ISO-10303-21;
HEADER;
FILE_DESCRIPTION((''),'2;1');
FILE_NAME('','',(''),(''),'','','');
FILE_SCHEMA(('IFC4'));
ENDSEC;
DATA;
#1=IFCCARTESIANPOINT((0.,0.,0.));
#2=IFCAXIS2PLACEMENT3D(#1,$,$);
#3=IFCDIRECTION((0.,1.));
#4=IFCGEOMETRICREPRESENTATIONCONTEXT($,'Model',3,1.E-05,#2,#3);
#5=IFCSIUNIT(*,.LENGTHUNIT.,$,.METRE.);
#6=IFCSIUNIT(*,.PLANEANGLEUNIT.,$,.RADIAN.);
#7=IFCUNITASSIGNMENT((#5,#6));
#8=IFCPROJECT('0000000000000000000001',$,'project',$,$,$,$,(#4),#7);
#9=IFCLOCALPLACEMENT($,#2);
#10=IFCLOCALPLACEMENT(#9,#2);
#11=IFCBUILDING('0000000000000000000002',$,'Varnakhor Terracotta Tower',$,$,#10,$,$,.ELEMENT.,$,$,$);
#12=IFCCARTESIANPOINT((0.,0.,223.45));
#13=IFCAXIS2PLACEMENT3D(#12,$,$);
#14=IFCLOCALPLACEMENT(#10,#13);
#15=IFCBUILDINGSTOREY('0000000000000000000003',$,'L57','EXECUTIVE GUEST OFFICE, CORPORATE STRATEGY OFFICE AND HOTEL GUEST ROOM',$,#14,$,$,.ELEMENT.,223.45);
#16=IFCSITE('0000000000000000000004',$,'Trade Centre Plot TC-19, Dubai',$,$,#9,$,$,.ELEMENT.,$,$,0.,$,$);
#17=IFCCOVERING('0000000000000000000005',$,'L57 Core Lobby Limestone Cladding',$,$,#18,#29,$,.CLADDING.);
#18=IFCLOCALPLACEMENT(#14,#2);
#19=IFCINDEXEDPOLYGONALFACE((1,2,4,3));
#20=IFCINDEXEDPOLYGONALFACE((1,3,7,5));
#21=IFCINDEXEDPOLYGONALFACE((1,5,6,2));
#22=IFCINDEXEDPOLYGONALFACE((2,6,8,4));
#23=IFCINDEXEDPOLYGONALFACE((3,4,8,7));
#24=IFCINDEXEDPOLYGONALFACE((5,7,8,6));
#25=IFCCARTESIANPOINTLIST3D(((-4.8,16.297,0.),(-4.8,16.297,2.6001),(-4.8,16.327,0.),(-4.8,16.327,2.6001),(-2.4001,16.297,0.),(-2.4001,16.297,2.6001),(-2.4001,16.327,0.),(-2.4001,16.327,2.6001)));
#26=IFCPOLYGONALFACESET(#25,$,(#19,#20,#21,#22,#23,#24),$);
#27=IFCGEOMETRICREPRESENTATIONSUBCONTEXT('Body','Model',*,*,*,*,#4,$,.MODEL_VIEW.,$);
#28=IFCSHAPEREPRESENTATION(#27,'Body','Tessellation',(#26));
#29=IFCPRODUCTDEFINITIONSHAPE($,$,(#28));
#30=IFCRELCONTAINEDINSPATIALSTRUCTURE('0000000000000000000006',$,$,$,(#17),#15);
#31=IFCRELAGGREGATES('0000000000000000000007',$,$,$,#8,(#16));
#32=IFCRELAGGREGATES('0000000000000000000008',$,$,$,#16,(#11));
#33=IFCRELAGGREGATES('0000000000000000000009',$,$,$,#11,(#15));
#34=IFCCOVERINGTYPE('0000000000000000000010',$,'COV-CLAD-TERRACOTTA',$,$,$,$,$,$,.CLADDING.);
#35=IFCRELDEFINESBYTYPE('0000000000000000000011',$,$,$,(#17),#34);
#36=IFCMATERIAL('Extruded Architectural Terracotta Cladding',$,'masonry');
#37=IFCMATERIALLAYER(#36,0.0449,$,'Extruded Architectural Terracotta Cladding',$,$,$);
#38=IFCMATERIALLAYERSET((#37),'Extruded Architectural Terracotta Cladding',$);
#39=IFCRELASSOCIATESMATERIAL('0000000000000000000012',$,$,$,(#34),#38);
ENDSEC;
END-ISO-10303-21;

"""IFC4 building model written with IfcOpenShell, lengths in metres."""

from ifc_helpers import new_model, si_unit, direction, frame, origin, origin_2d, place, context, subcontext, project, spatial, rectangle, extrude, source, transform, mapped, material, layer, layer_set, type_object, type_shapes, element, save


model = new_model("IFC4")

# Units and contexts
model_context = context("Model", 3, precision=1e-05, world=origin(), true_north=direction((0.0, 1.0)))
body_context = subcontext(model_context, "Body", "Model", "MODEL_VIEW")
ifc_project = project(units=[si_unit("LENGTHUNIT", "METRE"), si_unit("PLANEANGLEUNIT", "RADIAN")], contexts=[model_context])

# Site, building, storey
site_placement = place(None, origin())
site = spatial("IfcSite", under=ifc_project, at=site_placement, Name="Trade Centre Plot TC-19, Dubai", CompositionType="ELEMENT", RefElevation=0.0)
building_placement = place(site_placement, origin())
building = spatial("IfcBuilding", under=site, at=building_placement, Name="Varnakhor Terracotta Tower", CompositionType="ELEMENT")
storey_placement = place(building_placement, frame((0.0, 0.0, 223.45)))
storey = spatial("IfcBuildingStorey", under=building, at=storey_placement, Name="L57", Description="EXECUTIVE GUEST OFFICE, CORPORATE STRATEGY OFFICE AND HOTEL GUEST ROOM", CompositionType="ELEMENT", Elevation=223.45)

# Covering
ifc_material_1 = material(Name="Extruded Architectural Terracotta Cladding", Category="masonry")
ifc_layer_1 = layer(ifc_material_1, 0.0449, Name="Extruded Architectural Terracotta Cladding")
ifc_layer_set_1 = layer_set([ifc_layer_1], Name="Extruded Architectural Terracotta Cladding")
covering_type = type_object("IfcCoveringType", Name="COV-CLAD-TERRACOTTA", PredefinedType="CLADDING", material=ifc_layer_set_1)
shared_shape_1 = source(origin(), body_context, "Body", "SweptSolid", [
    extrude(rectangle(XDim=2.3999, YDim=0.03, at=origin_2d()), origin(), (0.0, 0.0, 1.0), 2.6001),
])
type_shapes(covering_type, [shared_shape_1])
covering_placement = place(storey_placement, frame((-3.6001, 16.312, 0.0), z_axis=(0.0, 0.0, 1.0), x_axis=(1.0, 0.0, 0.0)))
element("IfcCovering", 1, at=covering_placement, inside=storey, type_object=covering_type, Name="L57 Core Lobby Limestone Cladding", PredefinedType="CLADDING", context=body_context, shape_type="MappedRepresentation", body=[
    mapped(shared_shape_1, transform((0.0, 0.0, 0.0), scale=1.0)),
])

save(model, "model.ifc")
